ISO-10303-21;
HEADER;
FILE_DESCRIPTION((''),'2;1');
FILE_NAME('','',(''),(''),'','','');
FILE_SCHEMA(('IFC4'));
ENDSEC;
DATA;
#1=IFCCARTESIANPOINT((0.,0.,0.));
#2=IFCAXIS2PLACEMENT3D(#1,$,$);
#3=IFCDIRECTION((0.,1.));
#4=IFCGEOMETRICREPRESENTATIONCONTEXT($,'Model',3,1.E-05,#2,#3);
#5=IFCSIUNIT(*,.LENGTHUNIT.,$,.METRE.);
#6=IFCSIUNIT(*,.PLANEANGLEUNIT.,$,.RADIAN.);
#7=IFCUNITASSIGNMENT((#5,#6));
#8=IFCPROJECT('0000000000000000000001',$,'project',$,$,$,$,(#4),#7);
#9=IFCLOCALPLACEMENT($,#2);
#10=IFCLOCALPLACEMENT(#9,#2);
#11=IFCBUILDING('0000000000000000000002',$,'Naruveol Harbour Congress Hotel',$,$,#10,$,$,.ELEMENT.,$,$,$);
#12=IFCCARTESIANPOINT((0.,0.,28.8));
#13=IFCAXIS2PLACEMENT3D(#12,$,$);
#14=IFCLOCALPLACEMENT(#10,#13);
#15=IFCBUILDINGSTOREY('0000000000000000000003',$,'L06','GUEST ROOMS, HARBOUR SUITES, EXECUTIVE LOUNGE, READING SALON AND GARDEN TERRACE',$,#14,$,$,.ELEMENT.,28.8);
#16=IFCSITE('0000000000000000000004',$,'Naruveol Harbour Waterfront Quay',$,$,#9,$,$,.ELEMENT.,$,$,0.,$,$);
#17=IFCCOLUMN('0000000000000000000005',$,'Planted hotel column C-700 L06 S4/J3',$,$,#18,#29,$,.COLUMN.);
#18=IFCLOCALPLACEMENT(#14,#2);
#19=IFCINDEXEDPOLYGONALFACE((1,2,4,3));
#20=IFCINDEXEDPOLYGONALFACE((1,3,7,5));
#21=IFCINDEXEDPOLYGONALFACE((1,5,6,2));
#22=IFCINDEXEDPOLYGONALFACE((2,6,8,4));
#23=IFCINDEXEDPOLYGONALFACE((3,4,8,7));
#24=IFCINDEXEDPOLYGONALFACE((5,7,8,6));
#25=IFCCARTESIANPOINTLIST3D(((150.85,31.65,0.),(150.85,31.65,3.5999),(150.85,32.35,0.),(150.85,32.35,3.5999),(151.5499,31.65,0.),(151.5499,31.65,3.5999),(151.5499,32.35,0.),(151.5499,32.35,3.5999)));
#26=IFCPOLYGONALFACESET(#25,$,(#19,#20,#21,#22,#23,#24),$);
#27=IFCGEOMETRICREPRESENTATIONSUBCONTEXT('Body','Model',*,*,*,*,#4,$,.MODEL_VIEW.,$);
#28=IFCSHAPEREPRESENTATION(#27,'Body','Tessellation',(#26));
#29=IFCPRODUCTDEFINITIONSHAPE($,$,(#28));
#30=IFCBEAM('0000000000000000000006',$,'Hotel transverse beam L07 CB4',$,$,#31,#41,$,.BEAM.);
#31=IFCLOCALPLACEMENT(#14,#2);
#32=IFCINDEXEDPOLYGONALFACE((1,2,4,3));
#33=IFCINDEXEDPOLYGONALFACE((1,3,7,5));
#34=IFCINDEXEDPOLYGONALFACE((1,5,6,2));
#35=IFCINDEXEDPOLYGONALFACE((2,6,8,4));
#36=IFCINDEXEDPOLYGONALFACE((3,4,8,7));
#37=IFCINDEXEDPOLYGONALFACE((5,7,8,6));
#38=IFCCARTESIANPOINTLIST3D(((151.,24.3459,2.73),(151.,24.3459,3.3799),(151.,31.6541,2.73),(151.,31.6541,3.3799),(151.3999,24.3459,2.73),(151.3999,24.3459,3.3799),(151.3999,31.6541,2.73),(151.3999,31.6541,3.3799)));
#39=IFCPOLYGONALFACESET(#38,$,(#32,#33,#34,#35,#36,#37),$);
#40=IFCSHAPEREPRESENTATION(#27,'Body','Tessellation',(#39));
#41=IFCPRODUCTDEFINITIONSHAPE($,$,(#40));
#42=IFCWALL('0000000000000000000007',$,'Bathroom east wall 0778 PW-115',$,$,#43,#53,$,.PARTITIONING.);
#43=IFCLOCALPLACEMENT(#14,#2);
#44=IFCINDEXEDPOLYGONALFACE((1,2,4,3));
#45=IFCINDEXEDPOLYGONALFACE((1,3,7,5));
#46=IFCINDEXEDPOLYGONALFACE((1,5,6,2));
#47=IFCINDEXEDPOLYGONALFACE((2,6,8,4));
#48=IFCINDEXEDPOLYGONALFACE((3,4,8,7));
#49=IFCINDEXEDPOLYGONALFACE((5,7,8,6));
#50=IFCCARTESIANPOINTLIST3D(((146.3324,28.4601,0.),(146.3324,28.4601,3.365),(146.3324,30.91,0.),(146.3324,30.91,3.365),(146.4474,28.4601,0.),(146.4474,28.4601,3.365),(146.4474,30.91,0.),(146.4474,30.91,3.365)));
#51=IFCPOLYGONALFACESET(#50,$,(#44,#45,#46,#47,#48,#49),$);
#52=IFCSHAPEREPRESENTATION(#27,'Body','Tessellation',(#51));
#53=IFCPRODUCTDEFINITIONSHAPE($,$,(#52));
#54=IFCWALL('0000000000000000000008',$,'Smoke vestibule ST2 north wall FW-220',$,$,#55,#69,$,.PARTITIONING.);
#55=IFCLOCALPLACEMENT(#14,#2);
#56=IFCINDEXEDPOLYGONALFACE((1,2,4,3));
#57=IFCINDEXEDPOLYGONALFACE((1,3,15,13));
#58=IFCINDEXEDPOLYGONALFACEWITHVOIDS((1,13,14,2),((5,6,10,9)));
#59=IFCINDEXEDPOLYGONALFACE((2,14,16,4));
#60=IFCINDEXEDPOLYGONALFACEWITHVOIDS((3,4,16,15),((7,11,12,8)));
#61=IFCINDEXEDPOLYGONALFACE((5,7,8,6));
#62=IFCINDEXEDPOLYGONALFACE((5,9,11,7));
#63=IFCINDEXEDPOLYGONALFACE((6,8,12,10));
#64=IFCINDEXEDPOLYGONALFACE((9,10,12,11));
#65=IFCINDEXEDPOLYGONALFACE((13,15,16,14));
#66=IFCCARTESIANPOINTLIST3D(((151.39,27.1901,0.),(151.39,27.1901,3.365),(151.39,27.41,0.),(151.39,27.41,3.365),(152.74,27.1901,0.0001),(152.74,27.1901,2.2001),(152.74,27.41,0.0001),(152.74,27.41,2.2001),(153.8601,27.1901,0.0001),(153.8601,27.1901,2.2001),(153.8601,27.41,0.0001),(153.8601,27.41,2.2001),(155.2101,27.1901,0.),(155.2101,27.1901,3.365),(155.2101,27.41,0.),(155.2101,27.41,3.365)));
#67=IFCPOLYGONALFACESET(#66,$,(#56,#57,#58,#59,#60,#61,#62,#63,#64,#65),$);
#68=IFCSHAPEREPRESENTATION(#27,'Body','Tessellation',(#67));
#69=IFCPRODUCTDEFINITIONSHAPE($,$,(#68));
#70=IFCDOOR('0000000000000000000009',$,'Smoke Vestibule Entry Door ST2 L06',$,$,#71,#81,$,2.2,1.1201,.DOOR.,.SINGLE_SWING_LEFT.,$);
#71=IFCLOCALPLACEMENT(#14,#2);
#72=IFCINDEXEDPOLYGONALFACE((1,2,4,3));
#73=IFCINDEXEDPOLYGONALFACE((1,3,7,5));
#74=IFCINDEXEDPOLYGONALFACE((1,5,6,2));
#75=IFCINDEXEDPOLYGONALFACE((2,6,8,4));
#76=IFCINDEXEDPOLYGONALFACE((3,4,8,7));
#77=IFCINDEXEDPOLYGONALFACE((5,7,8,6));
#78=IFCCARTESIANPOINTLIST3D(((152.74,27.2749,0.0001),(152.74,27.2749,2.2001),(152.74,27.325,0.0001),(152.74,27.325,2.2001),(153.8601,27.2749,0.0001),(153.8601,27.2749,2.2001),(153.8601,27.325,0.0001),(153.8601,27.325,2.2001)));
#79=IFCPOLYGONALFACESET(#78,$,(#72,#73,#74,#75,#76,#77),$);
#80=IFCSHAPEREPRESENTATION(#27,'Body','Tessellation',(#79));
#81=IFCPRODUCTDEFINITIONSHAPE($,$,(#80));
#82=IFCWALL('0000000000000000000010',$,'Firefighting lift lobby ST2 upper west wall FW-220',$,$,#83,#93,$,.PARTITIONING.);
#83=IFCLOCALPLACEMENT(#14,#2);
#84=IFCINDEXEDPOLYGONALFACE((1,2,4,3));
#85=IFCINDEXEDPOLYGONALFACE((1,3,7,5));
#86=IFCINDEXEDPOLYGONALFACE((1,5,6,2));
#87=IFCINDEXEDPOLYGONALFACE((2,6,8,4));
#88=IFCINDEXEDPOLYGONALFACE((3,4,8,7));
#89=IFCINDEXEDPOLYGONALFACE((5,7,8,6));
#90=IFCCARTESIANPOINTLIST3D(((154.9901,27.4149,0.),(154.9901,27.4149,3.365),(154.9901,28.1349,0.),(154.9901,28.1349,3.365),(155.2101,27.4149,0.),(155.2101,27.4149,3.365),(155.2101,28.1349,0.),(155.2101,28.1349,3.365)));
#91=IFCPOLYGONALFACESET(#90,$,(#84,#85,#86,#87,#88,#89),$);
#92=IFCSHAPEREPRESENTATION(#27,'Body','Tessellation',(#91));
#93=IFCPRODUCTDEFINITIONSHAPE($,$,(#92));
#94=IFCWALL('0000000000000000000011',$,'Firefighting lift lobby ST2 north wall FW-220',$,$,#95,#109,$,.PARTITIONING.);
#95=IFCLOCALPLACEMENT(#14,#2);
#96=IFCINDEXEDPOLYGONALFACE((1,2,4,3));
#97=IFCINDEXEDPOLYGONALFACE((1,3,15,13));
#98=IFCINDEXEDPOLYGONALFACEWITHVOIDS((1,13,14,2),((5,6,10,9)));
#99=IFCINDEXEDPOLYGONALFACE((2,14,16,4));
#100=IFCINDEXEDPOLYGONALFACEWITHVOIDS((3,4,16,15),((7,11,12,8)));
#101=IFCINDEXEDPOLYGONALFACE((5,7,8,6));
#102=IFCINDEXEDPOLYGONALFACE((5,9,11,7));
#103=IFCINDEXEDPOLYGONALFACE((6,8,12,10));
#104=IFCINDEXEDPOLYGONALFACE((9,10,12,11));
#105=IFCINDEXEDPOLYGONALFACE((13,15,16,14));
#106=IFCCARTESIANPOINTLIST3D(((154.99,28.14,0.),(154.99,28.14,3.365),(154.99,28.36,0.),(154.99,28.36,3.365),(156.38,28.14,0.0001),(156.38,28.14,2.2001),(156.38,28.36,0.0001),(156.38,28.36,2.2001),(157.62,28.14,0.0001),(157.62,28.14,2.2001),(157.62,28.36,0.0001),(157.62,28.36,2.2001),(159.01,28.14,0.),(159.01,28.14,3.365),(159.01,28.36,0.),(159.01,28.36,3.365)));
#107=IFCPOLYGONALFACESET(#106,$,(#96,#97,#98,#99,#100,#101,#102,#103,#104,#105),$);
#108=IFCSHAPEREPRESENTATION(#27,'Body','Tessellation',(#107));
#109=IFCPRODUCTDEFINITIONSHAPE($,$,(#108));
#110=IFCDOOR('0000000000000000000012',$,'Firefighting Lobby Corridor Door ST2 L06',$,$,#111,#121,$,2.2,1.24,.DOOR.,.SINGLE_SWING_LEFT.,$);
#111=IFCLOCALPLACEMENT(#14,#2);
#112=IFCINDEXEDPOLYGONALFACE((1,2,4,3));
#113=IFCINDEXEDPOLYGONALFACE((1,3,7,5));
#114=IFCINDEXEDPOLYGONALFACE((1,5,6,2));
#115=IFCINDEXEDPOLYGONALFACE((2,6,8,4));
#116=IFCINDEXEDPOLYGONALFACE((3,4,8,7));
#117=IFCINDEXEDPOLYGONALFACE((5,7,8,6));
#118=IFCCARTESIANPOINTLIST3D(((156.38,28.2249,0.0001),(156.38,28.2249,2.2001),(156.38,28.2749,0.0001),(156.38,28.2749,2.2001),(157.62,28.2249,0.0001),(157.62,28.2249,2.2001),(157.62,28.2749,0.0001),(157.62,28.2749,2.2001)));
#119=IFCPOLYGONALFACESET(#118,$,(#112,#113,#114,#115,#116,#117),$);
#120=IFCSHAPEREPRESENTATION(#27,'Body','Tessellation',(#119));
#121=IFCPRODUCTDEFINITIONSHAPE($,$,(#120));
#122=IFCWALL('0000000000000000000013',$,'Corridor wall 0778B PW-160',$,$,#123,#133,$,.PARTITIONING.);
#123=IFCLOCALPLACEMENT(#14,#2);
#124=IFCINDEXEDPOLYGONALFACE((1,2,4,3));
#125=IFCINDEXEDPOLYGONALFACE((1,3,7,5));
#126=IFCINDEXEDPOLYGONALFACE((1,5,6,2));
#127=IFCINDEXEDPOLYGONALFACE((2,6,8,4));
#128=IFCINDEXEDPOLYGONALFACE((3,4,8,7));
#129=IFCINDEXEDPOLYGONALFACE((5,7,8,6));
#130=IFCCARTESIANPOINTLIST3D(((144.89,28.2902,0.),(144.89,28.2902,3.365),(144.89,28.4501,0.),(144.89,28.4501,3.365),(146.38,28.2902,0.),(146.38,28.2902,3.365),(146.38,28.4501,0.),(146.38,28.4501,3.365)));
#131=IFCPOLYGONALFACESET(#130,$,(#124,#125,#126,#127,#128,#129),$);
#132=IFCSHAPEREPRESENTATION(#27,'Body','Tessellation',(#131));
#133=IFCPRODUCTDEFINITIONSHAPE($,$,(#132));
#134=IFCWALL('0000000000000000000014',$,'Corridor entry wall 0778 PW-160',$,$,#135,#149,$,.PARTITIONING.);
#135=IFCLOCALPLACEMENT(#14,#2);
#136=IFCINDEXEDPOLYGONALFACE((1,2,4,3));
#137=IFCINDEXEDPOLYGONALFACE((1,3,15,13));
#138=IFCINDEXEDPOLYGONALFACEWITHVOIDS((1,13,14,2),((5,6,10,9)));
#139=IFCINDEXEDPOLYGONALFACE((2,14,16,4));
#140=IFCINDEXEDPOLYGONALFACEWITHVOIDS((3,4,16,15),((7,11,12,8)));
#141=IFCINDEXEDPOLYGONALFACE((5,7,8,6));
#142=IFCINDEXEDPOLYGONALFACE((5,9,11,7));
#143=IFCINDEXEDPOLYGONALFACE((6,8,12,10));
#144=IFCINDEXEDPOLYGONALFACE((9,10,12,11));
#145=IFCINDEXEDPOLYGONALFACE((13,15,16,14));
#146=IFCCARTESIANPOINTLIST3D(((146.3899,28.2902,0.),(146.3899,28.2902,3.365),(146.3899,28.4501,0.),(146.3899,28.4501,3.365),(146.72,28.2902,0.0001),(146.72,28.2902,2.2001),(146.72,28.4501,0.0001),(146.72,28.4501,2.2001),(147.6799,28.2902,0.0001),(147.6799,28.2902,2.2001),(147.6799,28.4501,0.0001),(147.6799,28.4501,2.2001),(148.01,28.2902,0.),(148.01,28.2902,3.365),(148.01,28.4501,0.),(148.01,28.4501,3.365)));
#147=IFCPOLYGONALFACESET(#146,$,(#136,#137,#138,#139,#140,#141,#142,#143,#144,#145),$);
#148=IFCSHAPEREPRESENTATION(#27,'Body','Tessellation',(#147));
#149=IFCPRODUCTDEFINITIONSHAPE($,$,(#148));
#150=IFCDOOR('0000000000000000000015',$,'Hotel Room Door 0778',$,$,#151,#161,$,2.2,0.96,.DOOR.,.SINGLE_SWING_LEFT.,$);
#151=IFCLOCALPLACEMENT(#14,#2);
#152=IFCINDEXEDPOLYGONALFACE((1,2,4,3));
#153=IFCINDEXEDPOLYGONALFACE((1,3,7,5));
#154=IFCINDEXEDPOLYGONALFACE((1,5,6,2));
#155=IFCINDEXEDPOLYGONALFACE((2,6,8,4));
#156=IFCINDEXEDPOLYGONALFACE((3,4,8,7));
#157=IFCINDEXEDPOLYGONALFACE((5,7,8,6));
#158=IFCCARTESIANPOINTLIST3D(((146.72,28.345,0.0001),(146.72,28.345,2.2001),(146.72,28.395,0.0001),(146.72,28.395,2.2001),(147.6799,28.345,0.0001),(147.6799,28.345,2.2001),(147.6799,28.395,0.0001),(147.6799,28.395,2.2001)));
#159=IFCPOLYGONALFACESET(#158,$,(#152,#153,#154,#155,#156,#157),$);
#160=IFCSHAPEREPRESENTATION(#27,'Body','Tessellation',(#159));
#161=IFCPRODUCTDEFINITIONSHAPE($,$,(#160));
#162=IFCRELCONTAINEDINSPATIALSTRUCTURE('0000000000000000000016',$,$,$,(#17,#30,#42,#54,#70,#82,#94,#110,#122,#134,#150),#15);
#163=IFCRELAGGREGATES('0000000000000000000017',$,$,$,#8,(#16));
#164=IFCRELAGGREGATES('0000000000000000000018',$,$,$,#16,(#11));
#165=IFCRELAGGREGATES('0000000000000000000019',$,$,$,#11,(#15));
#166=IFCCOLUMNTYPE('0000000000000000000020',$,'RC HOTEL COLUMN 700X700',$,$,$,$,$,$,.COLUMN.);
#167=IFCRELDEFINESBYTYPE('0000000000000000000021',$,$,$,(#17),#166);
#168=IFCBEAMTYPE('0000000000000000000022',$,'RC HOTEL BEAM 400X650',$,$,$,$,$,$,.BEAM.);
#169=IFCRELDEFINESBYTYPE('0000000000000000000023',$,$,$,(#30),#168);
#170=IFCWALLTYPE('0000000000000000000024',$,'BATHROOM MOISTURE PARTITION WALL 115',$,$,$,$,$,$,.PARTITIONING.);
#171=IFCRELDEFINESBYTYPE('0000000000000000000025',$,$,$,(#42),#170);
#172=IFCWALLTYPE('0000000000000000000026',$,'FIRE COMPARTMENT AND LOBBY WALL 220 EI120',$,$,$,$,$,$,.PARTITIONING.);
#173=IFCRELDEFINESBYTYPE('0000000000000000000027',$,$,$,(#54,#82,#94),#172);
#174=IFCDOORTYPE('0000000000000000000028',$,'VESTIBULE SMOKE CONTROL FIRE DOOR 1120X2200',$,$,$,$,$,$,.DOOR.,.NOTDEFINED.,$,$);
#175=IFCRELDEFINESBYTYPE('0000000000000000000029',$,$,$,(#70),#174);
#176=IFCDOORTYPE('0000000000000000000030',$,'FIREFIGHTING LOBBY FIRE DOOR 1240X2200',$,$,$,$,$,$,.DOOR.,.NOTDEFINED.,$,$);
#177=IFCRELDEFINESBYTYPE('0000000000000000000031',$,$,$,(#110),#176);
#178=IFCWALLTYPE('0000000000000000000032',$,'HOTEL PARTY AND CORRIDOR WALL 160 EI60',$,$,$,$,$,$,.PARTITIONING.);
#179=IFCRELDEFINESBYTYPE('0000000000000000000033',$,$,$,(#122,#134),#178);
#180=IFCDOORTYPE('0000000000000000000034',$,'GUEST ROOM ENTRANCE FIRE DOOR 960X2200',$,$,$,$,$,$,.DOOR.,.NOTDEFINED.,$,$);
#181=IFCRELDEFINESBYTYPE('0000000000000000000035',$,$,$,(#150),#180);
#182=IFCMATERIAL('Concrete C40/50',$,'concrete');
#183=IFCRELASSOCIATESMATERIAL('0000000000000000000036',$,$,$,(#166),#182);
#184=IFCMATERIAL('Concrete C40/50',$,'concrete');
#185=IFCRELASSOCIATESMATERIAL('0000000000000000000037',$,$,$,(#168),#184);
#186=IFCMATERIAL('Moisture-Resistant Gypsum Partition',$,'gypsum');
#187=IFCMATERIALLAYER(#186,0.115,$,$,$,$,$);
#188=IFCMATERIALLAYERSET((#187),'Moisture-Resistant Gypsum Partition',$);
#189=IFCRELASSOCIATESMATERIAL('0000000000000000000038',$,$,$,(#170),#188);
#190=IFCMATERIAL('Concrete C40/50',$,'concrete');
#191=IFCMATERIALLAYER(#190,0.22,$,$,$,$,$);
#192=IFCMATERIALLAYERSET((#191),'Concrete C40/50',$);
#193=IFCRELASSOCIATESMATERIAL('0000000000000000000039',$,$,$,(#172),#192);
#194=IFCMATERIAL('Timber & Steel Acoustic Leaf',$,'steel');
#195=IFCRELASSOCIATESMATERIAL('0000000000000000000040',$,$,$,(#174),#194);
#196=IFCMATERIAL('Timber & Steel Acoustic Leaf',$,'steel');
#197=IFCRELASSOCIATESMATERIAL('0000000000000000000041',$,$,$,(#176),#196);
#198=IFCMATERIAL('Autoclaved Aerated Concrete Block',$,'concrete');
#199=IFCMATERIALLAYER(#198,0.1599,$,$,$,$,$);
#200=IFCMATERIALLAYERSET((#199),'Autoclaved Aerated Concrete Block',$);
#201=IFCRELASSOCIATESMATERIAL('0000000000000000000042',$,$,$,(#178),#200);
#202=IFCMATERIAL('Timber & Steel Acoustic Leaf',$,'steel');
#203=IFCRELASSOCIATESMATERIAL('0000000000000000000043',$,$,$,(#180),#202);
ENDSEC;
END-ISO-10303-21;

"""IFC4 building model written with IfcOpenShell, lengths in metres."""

from ifc_helpers import new_model, si_unit, direction, frame, frame_2d, origin, origin_2d, place, context, subcontext, project, spatial, rectangle, extrude, material, layer, layer_set, material_profile, profile_set, type_object, element, fill, save


model = new_model("IFC4")

# Units and contexts
model_context = context("Model", 3, precision=1e-05, world=origin(), true_north=direction((0.0, 1.0)))
body_context = subcontext(model_context, "Body", "Model", "MODEL_VIEW")
ifc_project = project(units=[si_unit("LENGTHUNIT", "METRE"), si_unit("PLANEANGLEUNIT", "RADIAN")], contexts=[model_context])

# Site, building, storey
site_placement = place(None, origin())
site = spatial("IfcSite", under=ifc_project, at=site_placement, Name="Naruveol Harbour Waterfront Quay", CompositionType="ELEMENT", RefElevation=0.0)
building_placement = place(site_placement, origin())
building = spatial("IfcBuilding", under=site, at=building_placement, Name="Naruveol Harbour Congress Hotel", CompositionType="ELEMENT")
storey_placement = place(building_placement, frame((0.0, 0.0, 28.8)))
storey = spatial("IfcBuildingStorey", under=building, at=storey_placement, Name="L06", Description="GUEST ROOMS, HARBOUR SUITES, EXECUTIVE LOUNGE, READING SALON AND GARDEN TERRACE", CompositionType="ELEMENT", Elevation=28.8)

# Column
ifc_material_1 = material(Name="Concrete C40/50", Category="concrete")
ifc_material_profile_1 = material_profile(ifc_material_1, rectangle(XDim=0.7, YDim=0.7, at=origin_2d()), Name="RC-700x700")
ifc_profile_set_1 = profile_set([ifc_material_profile_1], Name="Concrete C40/50")
column_type = type_object("IfcColumnType", Name="RC HOTEL COLUMN 700X700", PredefinedType="COLUMN", material=ifc_profile_set_1)
column_placement = place(storey_placement, frame((151.2, 32.0, 0.0), z_axis=(0.0, 0.0, 1.0), x_axis=(1.0, 0.0, 0.0)))
element("IfcColumn", 1, at=column_placement, inside=storey, type_object=column_type, Name="Planted hotel column C-700 L06 S4/J3", PredefinedType="COLUMN", context=body_context, shape_type="SweptSolid", body=[
    extrude(rectangle(XDim=0.7, YDim=0.7, at=origin_2d()), origin(), (0.0, 0.0, 1.0), 3.5999),
])

# Beam
ifc_material_2 = material(Name="Concrete C40/50", Category="concrete")
ifc_material_profile_2 = material_profile(ifc_material_2, rectangle(XDim=0.3999, YDim=0.6499, at=origin_2d()), Name="RCB-400x650")
ifc_profile_set_2 = profile_set([ifc_material_profile_2], Name="Concrete C40/50")
beam_type = type_object("IfcBeamType", Name="RC HOTEL BEAM 400X650", PredefinedType="BEAM", material=ifc_profile_set_2)
beam_placement = place(storey_placement, frame((151.2, 24.3459, 3.0549), z_axis=(0.0, 1.0, 0.0), x_axis=(-1.0, 0.0, 0.0)))
element("IfcBeam", 2, at=beam_placement, inside=storey, type_object=beam_type, Name="Hotel transverse beam L07 CB4", PredefinedType="BEAM", context=body_context, shape_type="SweptSolid", body=[
    extrude(rectangle(XDim=0.3999, YDim=0.6499, at=origin_2d()), origin(), (0.0, 0.0, 1.0), 7.3081),
])

# Wall
ifc_material_3 = material(Name="Moisture-Resistant Gypsum Partition", Category="gypsum")
ifc_layer_1 = layer(ifc_material_3, 0.115)
ifc_layer_set_1 = layer_set([ifc_layer_1], Name="Moisture-Resistant Gypsum Partition")
wall_type_1 = type_object("IfcWallType", Name="BATHROOM MOISTURE PARTITION WALL 115", PredefinedType="PARTITIONING", material=ifc_layer_set_1)
wall_1_placement = place(storey_placement, frame((146.3899, 28.46, 0.0), z_axis=(0.0, 0.0, 1.0), x_axis=(0.0, 1.0, 0.0)))
element("IfcWall", 3, at=wall_1_placement, inside=storey, type_object=wall_type_1, Name="Bathroom east wall 0778 PW-115", PredefinedType="PARTITIONING", context=body_context, shape_type="SweptSolid", body=[
    extrude(rectangle(XDim=2.45, YDim=0.115, at=frame_2d((1.2251, 0.0))), origin(), (0.0, 0.0, 1.0), 3.365),
])

# Wall, opening, door
ifc_material_4 = material(Name="Concrete C40/50", Category="concrete")
ifc_layer_2 = layer(ifc_material_4, 0.22)
ifc_layer_set_2 = layer_set([ifc_layer_2], Name="Concrete C40/50")
wall_type_2 = type_object("IfcWallType", Name="FIRE COMPARTMENT AND LOBBY WALL 220 EI120", PredefinedType="PARTITIONING", material=ifc_layer_set_2)
wall_2_placement = place(storey_placement, frame((151.3899, 27.3, 0.0), z_axis=(0.0, 0.0, 1.0), x_axis=(1.0, 0.0, 0.0)))
wall_2 = element("IfcWall", 4, at=wall_2_placement, inside=storey, type_object=wall_type_2, Name="Smoke vestibule ST2 north wall FW-220", PredefinedType="PARTITIONING", context=body_context, shape_type="SweptSolid", body=[
    extrude(rectangle(XDim=3.8201, YDim=0.22, at=frame_2d((1.9102, 0.0))), origin(), (0.0, 0.0, 1.0), 3.365),
])
opening_1_placement = place(wall_2_placement, frame((1.3501, 0.0, 0.0)))
opening_1 = element("IfcOpeningElement", 5, at=opening_1_placement, cuts=wall_2, PredefinedType="OPENING", context=body_context, shape_type="SweptSolid", body=[
    extrude(rectangle(XDim=1.1201, YDim=2.2, at=frame_2d((0.5601, 1.1001))), frame((0.0, 0.1199, 0.0), z_axis=(0.0, -1.0, 0.0), x_axis=(1.0, 0.0, 0.0)), (0.0, 0.0, 1.0), 0.24),
])
ifc_material_5 = material(Name="Timber & Steel Acoustic Leaf", Category="steel")
door_type_1 = type_object("IfcDoorType", Name="VESTIBULE SMOKE CONTROL FIRE DOOR 1120X2200", OperationType="NOTDEFINED", PredefinedType="DOOR", material=ifc_material_5)
door_1_placement = place(opening_1_placement, origin())
door_1 = element("IfcDoor", 6, at=door_1_placement, inside=storey, type_object=door_type_1, Name="Smoke Vestibule Entry Door ST2 L06", OperationType="SINGLE_SWING_LEFT", OverallHeight=2.2, OverallWidth=1.1201, PredefinedType="DOOR", context=body_context, shape_type="SweptSolid", body=[
    extrude(rectangle(XDim=1.1201, YDim=2.2, at=frame_2d((0.5601, 1.1001))), frame((0.0, 0.0249, 0.0), z_axis=(0.0, -1.0, 0.0), x_axis=(1.0, 0.0, 0.0)), (0.0, 0.0, 1.0), 0.05),
])
fill(opening_1, door_1)

# Wall
wall_3_placement = place(storey_placement, frame((155.1001, 27.415, 0.0), z_axis=(0.0, 0.0, 1.0), x_axis=(0.0, 1.0, 0.0)))
element("IfcWall", 7, at=wall_3_placement, inside=storey, type_object=wall_type_2, Name="Firefighting lift lobby ST2 upper west wall FW-220", PredefinedType="PARTITIONING", context=body_context, shape_type="SweptSolid", body=[
    extrude(rectangle(XDim=0.72, YDim=0.22, at=frame_2d((0.3599, 0.0))), origin(), (0.0, 0.0, 1.0), 3.365),
])

# Wall, opening, door
wall_4_placement = place(storey_placement, frame((154.99, 28.25, 0.0), z_axis=(0.0, 0.0, 1.0), x_axis=(1.0, 0.0, 0.0)))
wall_4 = element("IfcWall", 8, at=wall_4_placement, inside=storey, type_object=wall_type_2, Name="Firefighting lift lobby ST2 north wall FW-220", PredefinedType="PARTITIONING", context=body_context, shape_type="SweptSolid", body=[
    extrude(rectangle(XDim=4.02, YDim=0.22, at=frame_2d((2.01, 0.0))), origin(), (0.0, 0.0, 1.0), 3.365),
])
opening_2_placement = place(wall_4_placement, frame((1.3899, 0.0, 0.0)))
opening_2 = element("IfcOpeningElement", 9, at=opening_2_placement, cuts=wall_4, PredefinedType="OPENING", context=body_context, shape_type="SweptSolid", body=[
    extrude(rectangle(XDim=1.24, YDim=2.2, at=frame_2d((0.6201, 1.1001))), frame((0.0, 0.1199, 0.0), z_axis=(0.0, -1.0, 0.0), x_axis=(1.0, 0.0, 0.0)), (0.0, 0.0, 1.0), 0.24),
])
ifc_material_6 = material(Name="Timber & Steel Acoustic Leaf", Category="steel")
door_type_2 = type_object("IfcDoorType", Name="FIREFIGHTING LOBBY FIRE DOOR 1240X2200", OperationType="NOTDEFINED", PredefinedType="DOOR", material=ifc_material_6)
door_2_placement = place(opening_2_placement, origin())
door_2 = element("IfcDoor", 10, at=door_2_placement, inside=storey, type_object=door_type_2, Name="Firefighting Lobby Corridor Door ST2 L06", OperationType="SINGLE_SWING_LEFT", OverallHeight=2.2, OverallWidth=1.24, PredefinedType="DOOR", context=body_context, shape_type="SweptSolid", body=[
    extrude(rectangle(XDim=1.24, YDim=2.2, at=frame_2d((0.6201, 1.1001))), frame((0.0, 0.0249, 0.0), z_axis=(0.0, -1.0, 0.0), x_axis=(1.0, 0.0, 0.0)), (0.0, 0.0, 1.0), 0.05),
])
fill(opening_2, door_2)

# Wall
ifc_material_7 = material(Name="Autoclaved Aerated Concrete Block", Category="concrete")
ifc_layer_3 = layer(ifc_material_7, 0.1599)
ifc_layer_set_3 = layer_set([ifc_layer_3], Name="Autoclaved Aerated Concrete Block")
wall_type_3 = type_object("IfcWallType", Name="HOTEL PARTY AND CORRIDOR WALL 160 EI60", PredefinedType="PARTITIONING", material=ifc_layer_set_3)
wall_5_placement = place(storey_placement, frame((144.8899, 28.3701, 0.0), z_axis=(0.0, 0.0, 1.0), x_axis=(1.0, 0.0, 0.0)))
element("IfcWall", 11, at=wall_5_placement, inside=storey, type_object=wall_type_3, Name="Corridor wall 0778B PW-160", PredefinedType="PARTITIONING", context=body_context, shape_type="SweptSolid", body=[
    extrude(rectangle(XDim=1.49, YDim=0.1599, at=frame_2d((0.7451, 0.0))), origin(), (0.0, 0.0, 1.0), 3.365),
])

# Wall, opening, door
wall_6_placement = place(storey_placement, frame((146.3899, 28.3701, 0.0), z_axis=(0.0, 0.0, 1.0), x_axis=(1.0, 0.0, 0.0)))
wall_6 = element("IfcWall", 12, at=wall_6_placement, inside=storey, type_object=wall_type_3, Name="Corridor entry wall 0778 PW-160", PredefinedType="PARTITIONING", context=body_context, shape_type="SweptSolid", body=[
    extrude(rectangle(XDim=1.6201, YDim=0.1599, at=frame_2d((0.8101, 0.0))), origin(), (0.0, 0.0, 1.0), 3.365),
])
opening_3_placement = place(wall_6_placement, frame((0.3301, 0.0, 0.0)))
opening_3 = element("IfcOpeningElement", 13, at=opening_3_placement, cuts=wall_6, PredefinedType="OPENING", context=body_context, shape_type="SweptSolid", body=[
    extrude(rectangle(XDim=0.96, YDim=2.2, at=frame_2d((0.48, 1.1001))), frame((0.0, 0.0898, 0.0), z_axis=(0.0, -1.0, 0.0), x_axis=(1.0, 0.0, 0.0)), (0.0, 0.0, 1.0), 0.1799),
])
ifc_material_8 = material(Name="Timber & Steel Acoustic Leaf", Category="steel")
door_type_3 = type_object("IfcDoorType", Name="GUEST ROOM ENTRANCE FIRE DOOR 960X2200", OperationType="NOTDEFINED", PredefinedType="DOOR", material=ifc_material_8)
door_3_placement = place(opening_3_placement, origin())
door_3 = element("IfcDoor", 14, at=door_3_placement, inside=storey, type_object=door_type_3, Name="Hotel Room Door 0778", OperationType="SINGLE_SWING_LEFT", OverallHeight=2.2, OverallWidth=0.96, PredefinedType="DOOR", context=body_context, shape_type="SweptSolid", body=[
    extrude(rectangle(XDim=0.96, YDim=2.2, at=frame_2d((0.48, 1.1001))), frame((0.0, 0.0249, 0.0), z_axis=(0.0, -1.0, 0.0), x_axis=(1.0, 0.0, 0.0)), (0.0, 0.0, 1.0), 0.05),
])
fill(opening_3, door_3)

save(model, "model.ifc")
